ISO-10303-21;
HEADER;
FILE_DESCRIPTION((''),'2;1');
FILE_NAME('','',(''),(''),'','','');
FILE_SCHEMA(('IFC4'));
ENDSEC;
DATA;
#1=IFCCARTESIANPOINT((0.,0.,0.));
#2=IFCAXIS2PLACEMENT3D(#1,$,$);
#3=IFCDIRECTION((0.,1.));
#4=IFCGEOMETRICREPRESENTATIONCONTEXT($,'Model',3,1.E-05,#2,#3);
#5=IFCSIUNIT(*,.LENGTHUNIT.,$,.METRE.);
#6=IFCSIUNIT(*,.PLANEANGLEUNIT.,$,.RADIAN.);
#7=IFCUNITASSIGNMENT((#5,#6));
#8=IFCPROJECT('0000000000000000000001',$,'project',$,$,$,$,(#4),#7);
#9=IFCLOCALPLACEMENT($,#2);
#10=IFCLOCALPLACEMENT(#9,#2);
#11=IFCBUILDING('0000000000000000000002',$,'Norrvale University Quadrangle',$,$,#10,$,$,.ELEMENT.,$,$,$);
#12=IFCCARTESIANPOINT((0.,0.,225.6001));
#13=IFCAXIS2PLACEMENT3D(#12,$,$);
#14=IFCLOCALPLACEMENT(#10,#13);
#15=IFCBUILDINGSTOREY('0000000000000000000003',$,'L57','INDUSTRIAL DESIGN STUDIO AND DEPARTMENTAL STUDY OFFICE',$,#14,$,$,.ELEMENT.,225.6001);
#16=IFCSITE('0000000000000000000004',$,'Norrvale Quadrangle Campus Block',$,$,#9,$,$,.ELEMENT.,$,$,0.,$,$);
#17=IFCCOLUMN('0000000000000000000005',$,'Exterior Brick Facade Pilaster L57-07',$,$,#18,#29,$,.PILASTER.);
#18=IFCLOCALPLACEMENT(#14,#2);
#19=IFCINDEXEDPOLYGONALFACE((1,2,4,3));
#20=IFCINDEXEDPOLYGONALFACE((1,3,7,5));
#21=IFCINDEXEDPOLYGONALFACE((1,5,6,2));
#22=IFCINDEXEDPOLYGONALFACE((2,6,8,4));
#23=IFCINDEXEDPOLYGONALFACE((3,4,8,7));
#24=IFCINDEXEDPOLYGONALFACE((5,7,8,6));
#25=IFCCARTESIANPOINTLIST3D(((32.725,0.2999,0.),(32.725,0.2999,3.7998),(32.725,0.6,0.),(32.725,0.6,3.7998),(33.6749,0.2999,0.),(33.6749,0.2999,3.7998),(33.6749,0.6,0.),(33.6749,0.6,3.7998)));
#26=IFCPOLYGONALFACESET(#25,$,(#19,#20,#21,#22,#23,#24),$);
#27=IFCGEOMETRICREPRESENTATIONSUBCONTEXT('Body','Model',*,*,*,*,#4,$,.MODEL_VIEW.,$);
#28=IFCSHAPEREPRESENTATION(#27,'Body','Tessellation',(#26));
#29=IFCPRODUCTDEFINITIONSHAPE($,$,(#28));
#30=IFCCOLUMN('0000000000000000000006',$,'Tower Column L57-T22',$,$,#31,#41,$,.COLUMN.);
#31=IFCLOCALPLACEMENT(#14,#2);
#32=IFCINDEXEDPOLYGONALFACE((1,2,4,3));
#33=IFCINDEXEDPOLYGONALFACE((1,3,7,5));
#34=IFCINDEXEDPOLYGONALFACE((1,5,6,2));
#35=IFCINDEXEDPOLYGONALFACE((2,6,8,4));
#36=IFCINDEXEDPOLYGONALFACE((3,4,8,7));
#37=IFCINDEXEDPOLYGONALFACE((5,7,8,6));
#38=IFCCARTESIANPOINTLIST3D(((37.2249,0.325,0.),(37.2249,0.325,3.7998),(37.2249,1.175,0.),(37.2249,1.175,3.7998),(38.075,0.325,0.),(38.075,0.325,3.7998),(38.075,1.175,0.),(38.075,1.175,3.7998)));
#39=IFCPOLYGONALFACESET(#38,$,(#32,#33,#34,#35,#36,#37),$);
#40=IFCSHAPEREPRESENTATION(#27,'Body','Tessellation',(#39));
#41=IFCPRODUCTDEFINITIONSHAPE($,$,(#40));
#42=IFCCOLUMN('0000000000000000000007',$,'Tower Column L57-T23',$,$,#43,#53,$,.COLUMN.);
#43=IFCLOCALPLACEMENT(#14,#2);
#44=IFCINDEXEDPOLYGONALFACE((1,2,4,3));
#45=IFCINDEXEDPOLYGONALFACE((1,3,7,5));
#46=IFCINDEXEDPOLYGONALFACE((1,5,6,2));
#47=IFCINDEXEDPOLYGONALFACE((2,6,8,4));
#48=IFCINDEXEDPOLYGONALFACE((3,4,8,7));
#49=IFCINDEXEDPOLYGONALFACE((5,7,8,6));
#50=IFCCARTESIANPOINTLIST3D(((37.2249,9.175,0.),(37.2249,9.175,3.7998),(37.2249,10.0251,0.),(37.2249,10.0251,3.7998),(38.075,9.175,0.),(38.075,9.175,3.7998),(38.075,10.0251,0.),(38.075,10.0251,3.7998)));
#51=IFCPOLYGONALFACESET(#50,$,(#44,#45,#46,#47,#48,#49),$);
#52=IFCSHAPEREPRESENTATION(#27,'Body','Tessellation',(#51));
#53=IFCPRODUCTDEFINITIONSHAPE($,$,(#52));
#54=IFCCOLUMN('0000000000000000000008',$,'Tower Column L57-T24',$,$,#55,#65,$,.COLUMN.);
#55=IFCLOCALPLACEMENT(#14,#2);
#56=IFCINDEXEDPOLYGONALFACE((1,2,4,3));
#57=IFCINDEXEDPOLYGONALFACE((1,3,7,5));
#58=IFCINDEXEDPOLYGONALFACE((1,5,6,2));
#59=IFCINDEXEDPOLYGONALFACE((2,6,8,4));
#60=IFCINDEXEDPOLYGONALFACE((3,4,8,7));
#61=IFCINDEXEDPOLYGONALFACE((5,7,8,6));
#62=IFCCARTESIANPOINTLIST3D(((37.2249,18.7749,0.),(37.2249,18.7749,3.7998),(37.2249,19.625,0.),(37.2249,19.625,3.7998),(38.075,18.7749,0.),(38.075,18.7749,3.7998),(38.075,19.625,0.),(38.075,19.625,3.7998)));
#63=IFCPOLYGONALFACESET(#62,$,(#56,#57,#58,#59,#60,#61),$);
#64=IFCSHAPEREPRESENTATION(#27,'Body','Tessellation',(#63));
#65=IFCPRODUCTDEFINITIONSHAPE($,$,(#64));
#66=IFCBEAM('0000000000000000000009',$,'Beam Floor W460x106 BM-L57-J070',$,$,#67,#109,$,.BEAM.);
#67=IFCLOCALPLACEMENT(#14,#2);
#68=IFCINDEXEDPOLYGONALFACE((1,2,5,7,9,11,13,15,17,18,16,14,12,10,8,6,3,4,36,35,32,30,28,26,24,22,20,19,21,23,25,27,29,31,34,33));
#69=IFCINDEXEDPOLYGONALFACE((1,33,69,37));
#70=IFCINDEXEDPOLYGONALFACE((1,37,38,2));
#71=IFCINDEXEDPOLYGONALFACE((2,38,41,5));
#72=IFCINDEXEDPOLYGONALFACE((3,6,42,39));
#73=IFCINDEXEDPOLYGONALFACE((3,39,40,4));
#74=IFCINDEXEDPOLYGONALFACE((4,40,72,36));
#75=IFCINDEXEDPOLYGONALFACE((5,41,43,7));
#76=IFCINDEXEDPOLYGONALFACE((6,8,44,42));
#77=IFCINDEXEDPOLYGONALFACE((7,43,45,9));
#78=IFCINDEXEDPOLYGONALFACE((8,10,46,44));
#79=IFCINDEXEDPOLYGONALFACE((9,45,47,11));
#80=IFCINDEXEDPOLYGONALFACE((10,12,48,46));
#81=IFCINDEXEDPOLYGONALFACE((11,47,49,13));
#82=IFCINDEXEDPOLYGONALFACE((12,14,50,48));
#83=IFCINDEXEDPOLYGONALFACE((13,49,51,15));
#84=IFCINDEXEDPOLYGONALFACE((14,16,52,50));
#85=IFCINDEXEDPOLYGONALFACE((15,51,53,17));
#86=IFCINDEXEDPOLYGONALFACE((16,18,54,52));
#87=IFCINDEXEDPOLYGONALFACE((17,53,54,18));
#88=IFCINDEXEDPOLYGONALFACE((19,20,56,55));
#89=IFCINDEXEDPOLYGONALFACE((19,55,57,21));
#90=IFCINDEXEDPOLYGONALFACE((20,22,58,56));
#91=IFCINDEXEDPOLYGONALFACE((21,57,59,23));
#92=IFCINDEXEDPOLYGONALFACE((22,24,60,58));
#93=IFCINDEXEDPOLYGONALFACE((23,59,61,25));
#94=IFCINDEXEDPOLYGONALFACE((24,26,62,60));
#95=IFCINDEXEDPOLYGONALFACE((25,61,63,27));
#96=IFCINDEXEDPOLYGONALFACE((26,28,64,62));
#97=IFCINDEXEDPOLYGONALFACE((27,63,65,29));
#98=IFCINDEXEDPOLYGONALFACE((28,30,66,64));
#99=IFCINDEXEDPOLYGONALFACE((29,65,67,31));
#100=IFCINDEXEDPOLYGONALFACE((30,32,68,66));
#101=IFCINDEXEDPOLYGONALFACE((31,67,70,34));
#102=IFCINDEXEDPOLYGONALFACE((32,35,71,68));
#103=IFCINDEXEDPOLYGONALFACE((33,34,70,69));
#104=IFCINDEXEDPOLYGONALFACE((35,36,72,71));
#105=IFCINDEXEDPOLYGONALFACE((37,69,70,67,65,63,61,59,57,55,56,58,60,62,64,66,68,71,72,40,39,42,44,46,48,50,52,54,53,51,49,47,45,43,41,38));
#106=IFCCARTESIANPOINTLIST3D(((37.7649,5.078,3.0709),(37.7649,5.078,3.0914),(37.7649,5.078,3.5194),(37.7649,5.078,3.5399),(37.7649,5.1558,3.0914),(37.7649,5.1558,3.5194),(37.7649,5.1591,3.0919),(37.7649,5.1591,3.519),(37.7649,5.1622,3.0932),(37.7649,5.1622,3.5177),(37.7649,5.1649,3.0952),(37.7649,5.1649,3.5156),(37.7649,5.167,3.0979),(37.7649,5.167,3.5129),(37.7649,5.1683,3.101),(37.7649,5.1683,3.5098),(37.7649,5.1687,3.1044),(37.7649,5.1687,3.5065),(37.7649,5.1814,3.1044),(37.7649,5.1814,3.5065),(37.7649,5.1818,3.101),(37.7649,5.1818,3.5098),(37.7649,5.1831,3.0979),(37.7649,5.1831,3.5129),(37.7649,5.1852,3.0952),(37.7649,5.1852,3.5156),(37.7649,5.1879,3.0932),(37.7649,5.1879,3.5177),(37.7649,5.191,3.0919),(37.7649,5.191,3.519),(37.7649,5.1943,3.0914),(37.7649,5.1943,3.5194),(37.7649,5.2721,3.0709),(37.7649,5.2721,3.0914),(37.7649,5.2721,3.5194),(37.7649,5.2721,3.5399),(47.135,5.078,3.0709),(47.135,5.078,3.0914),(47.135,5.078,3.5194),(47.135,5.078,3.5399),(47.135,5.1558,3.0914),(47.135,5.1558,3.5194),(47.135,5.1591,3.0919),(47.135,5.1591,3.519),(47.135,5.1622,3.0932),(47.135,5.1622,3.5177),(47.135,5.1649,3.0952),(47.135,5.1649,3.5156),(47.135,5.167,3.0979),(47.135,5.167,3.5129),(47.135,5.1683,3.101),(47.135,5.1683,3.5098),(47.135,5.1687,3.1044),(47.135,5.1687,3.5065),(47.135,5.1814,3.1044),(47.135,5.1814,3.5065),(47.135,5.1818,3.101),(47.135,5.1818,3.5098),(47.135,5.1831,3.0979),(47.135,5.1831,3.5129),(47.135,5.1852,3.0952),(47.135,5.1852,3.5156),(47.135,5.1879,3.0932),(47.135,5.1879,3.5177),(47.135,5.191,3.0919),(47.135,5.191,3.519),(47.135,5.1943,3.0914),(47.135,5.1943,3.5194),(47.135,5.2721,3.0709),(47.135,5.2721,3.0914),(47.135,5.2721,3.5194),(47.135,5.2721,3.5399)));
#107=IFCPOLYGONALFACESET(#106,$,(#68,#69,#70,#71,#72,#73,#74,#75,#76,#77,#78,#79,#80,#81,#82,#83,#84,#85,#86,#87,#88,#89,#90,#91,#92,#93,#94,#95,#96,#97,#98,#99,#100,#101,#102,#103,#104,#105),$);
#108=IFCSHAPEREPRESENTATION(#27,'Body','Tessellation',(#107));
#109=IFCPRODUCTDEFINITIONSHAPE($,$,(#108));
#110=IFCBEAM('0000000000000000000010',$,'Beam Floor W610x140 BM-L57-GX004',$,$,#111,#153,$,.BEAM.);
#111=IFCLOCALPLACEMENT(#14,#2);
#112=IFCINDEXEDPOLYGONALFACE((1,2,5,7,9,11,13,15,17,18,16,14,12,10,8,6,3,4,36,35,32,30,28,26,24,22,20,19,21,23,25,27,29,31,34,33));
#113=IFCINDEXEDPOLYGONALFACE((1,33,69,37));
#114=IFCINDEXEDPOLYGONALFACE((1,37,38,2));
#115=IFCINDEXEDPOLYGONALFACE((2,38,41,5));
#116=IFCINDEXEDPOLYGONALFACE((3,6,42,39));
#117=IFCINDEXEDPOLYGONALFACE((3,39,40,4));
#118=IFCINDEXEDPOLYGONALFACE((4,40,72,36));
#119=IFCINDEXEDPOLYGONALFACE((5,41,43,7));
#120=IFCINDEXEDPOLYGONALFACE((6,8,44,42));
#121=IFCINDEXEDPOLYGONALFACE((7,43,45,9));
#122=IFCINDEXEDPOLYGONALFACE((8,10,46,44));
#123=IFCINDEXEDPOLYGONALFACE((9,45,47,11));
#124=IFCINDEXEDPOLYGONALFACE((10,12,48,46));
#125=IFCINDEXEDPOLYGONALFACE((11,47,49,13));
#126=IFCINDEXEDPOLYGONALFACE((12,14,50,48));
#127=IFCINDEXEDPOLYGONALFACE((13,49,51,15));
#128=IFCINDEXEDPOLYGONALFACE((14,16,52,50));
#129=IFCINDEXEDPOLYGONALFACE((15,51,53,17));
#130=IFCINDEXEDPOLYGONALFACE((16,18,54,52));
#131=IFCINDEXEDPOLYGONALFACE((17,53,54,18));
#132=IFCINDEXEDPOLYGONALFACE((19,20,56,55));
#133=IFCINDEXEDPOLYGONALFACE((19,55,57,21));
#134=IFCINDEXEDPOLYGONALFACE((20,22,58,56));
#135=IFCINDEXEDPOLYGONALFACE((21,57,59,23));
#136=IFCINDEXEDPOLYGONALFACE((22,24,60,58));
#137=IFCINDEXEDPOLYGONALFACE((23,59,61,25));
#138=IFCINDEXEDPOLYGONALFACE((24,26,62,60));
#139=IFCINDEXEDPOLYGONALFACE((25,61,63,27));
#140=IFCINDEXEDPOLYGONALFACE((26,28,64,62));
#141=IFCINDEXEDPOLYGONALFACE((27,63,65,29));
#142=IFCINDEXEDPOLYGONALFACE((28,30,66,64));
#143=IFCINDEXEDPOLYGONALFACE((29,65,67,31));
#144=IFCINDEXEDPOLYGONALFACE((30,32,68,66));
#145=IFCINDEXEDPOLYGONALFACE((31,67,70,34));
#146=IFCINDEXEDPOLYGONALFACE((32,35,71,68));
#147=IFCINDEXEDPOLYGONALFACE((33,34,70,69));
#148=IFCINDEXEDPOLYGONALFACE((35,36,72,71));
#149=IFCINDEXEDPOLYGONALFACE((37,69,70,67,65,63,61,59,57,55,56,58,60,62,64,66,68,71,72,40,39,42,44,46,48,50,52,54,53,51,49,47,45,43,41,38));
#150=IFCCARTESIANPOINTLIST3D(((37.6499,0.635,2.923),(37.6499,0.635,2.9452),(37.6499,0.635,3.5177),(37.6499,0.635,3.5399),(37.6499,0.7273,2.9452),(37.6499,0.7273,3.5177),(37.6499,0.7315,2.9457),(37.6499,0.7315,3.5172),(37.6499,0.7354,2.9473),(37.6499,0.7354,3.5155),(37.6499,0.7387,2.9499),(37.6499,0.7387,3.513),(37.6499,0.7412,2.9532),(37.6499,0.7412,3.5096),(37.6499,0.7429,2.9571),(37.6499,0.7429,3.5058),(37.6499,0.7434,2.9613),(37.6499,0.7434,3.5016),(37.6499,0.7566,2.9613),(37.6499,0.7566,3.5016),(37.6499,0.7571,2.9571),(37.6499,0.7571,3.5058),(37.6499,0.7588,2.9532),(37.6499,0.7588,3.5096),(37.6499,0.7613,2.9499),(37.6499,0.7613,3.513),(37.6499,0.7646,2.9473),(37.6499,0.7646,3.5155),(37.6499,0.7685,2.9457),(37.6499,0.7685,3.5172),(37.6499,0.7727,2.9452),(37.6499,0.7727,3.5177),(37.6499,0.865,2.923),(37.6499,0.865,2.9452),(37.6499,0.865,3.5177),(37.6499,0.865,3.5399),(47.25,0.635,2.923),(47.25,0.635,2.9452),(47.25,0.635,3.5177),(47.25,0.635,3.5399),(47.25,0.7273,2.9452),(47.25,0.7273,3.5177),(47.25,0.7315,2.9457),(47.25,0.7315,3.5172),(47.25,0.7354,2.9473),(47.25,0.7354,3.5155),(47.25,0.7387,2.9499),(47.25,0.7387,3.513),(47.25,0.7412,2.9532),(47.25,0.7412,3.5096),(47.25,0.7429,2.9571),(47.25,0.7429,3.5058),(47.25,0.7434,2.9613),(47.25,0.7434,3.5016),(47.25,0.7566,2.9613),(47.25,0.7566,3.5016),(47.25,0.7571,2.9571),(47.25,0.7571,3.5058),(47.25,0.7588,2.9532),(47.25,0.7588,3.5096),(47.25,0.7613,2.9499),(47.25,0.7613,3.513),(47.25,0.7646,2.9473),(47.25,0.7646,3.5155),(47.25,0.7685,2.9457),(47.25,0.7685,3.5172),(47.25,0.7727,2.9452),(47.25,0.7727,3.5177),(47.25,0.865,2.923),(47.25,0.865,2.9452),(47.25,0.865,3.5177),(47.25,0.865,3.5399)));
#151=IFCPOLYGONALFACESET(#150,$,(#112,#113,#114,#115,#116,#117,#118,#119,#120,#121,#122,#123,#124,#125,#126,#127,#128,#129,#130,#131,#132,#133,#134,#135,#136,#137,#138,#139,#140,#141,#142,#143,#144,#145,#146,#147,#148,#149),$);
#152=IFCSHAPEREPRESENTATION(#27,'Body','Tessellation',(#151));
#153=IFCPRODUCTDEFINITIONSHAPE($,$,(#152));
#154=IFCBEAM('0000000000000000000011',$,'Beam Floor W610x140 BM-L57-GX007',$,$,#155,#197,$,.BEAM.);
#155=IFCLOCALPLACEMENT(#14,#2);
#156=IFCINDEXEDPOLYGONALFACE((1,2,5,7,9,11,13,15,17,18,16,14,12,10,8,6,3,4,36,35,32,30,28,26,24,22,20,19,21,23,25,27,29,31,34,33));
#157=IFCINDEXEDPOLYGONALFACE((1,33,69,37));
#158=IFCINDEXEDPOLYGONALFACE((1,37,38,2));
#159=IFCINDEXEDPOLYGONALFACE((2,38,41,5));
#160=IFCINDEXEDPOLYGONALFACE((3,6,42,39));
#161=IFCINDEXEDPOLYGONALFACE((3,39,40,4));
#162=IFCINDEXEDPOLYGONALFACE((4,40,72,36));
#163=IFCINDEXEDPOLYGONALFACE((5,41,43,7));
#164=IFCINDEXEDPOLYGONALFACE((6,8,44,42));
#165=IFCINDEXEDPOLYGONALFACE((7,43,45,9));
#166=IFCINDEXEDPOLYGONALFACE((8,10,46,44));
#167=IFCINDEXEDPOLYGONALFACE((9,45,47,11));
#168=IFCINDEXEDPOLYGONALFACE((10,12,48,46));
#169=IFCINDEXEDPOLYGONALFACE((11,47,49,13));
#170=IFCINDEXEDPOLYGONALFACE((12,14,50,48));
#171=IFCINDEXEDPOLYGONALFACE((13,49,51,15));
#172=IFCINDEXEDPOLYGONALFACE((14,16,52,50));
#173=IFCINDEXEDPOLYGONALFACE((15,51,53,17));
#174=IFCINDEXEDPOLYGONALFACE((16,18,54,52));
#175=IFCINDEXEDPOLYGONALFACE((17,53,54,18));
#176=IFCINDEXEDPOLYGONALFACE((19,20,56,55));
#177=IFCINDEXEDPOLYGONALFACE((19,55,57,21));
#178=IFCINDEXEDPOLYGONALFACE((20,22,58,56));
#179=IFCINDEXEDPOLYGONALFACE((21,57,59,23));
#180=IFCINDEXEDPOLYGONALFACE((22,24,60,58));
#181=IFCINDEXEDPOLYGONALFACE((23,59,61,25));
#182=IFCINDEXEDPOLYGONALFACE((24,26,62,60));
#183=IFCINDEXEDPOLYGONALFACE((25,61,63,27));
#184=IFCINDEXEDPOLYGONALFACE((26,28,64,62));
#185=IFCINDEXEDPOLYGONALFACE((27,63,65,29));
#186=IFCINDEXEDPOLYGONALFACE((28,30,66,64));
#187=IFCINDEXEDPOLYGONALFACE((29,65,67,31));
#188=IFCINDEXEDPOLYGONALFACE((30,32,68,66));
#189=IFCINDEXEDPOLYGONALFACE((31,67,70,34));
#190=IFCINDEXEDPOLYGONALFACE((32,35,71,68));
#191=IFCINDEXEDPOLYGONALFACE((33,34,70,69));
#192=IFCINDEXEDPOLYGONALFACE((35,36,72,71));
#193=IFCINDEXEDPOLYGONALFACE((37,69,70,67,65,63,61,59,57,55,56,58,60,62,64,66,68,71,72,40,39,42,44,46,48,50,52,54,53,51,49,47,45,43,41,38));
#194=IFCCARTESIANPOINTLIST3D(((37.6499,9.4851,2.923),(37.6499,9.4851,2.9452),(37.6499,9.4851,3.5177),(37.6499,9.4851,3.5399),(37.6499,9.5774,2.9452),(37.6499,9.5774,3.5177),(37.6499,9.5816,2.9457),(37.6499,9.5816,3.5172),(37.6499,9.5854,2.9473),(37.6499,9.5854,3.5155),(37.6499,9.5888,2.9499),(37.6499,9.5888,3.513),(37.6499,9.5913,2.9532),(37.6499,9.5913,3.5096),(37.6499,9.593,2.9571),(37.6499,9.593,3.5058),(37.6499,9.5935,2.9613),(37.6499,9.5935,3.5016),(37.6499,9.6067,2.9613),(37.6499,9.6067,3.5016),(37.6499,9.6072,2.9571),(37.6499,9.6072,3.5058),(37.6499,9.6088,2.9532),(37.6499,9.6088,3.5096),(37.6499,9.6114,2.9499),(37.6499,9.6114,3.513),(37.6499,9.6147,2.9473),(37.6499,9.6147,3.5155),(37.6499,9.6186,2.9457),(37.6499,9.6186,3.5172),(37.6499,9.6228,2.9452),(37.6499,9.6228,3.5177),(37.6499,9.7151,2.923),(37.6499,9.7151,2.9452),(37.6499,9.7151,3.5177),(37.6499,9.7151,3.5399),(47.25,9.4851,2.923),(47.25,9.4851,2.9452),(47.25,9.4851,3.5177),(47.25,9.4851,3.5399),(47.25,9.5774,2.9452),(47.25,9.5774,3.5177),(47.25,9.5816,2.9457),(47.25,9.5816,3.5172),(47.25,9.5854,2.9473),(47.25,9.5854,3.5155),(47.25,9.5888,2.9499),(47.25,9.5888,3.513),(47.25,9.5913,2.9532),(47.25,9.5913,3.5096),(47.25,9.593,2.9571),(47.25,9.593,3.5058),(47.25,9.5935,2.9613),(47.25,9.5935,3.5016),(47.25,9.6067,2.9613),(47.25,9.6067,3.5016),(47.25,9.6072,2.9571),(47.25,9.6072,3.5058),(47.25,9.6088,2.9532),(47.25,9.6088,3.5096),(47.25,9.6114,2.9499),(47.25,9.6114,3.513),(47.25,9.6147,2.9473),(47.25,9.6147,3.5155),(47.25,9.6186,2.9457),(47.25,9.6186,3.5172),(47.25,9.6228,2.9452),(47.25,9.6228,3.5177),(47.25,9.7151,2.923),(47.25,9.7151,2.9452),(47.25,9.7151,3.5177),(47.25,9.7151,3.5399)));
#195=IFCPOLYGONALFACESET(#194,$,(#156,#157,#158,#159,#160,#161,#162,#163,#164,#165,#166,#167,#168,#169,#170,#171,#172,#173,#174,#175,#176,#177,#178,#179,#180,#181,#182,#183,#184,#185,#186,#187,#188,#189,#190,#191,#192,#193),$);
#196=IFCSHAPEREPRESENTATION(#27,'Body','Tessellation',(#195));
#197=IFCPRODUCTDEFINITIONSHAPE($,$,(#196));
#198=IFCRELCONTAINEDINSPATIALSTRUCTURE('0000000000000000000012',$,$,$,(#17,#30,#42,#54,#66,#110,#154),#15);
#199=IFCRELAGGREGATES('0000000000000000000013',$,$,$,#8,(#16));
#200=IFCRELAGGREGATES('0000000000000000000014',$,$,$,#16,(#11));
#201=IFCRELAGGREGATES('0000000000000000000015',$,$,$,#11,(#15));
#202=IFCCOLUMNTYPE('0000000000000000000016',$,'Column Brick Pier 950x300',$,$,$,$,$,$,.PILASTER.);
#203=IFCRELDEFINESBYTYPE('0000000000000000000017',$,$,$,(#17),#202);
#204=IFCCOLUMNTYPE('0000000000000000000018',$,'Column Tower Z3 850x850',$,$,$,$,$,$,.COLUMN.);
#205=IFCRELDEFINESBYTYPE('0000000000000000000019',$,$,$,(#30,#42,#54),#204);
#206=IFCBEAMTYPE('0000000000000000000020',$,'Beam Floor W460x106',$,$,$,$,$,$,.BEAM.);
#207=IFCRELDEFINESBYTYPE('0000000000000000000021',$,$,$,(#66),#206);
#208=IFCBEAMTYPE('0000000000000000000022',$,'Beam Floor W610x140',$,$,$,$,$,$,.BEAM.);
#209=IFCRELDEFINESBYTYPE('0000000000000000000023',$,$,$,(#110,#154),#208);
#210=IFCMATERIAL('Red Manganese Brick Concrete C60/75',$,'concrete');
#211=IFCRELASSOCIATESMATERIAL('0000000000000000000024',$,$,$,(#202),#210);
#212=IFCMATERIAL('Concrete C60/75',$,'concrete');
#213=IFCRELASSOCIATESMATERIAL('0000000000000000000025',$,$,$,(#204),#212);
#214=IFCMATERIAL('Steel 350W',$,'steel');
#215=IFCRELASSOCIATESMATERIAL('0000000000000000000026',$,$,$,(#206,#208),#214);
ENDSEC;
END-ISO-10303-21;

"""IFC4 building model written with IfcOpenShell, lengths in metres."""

from ifc_helpers import new_model, si_unit, direction, frame, origin, origin_2d, place, context, subcontext, project, spatial, rectangle, i_section, extrude, material, material_profile, profile_set, type_object, element, save


model = new_model("IFC4")

# Units and contexts
model_context = context("Model", 3, precision=1e-05, world=origin(), true_north=direction((0.0, 1.0)))
body_context = subcontext(model_context, "Body", "Model", "MODEL_VIEW")
ifc_project = project(units=[si_unit("LENGTHUNIT", "METRE"), si_unit("PLANEANGLEUNIT", "RADIAN")], contexts=[model_context])

# Site, building, storey
site_placement = place(None, origin())
site = spatial("IfcSite", under=ifc_project, at=site_placement, Name="Norrvale Quadrangle Campus Block", CompositionType="ELEMENT", RefElevation=0.0)
building_placement = place(site_placement, origin())
building = spatial("IfcBuilding", under=site, at=building_placement, Name="Norrvale University Quadrangle", CompositionType="ELEMENT")
storey_placement = place(building_placement, frame((0.0, 0.0, 225.6001)))
storey = spatial("IfcBuildingStorey", under=building, at=storey_placement, Name="L57", Description="INDUSTRIAL DESIGN STUDIO AND DEPARTMENTAL STUDY OFFICE", CompositionType="ELEMENT", Elevation=225.6001)

# Columns
ifc_material_1 = material(Name="Red Manganese Brick Concrete C60/75", Category="concrete")
ifc_material_profile_1 = material_profile(ifc_material_1, rectangle(XDim=0.95, YDim=0.3, at=origin_2d()), Name="Red Manganese Brick Concrete C60/75")
ifc_profile_set_1 = profile_set([ifc_material_profile_1], Name="Red Manganese Brick Concrete C60/75")
column_type_1 = type_object("IfcColumnType", Name="Column Brick Pier 950x300", PredefinedType="PILASTER", material=ifc_profile_set_1)
column_placement = place(storey_placement, frame((33.2, 0.45, 0.0), z_axis=(0.0, 0.0, 1.0), x_axis=(1.0, 0.0, 0.0)))
element("IfcColumn", 1, at=column_placement, inside=storey, type_object=column_type_1, Name="Exterior Brick Facade Pilaster L57-07", PredefinedType="PILASTER", context=body_context, shape_type="SweptSolid", body=[
    extrude(rectangle(XDim=0.95, YDim=0.3, at=origin_2d()), origin(), (0.0, 0.0, 1.0), 3.7998),
])
ifc_material_2 = material(Name="Concrete C60/75", Category="concrete")
ifc_material_profile_2 = material_profile(ifc_material_2, rectangle(XDim=0.8501, YDim=0.8501, at=origin_2d()), Name="Concrete C60/75")
ifc_profile_set_2 = profile_set([ifc_material_profile_2], Name="Concrete C60/75")
column_type_2 = type_object("IfcColumnType", Name="Column Tower Z3 850x850", PredefinedType="COLUMN", material=ifc_profile_set_2)
for number, where, z_axis, x_axis, name in (
    (2, (37.6499, 0.75, 0.0), (0.0, 0.0, 1.0), (1.0, 0.0, 0.0), "Tower Column L57-T22"),
    (3, (37.6499, 9.6001, 0.0), (0.0, 0.0, 1.0), (1.0, 0.0, 0.0), "Tower Column L57-T23"),
    (4, (37.6499, 19.2, 0.0), (0.0, 0.0, 1.0), (1.0, 0.0, 0.0), "Tower Column L57-T24"),
):
    element("IfcColumn", number, at=place(storey_placement, frame(where, z_axis=z_axis, x_axis=x_axis)), inside=storey, type_object=column_type_2, Name=name, PredefinedType="COLUMN", context=body_context, shape_type="SweptSolid", body=[
        extrude(rectangle(XDim=0.8501, YDim=0.8501, at=origin_2d()), origin(), (0.0, 0.0, 1.0), 3.7998),
    ])

# Beams
ifc_material_3 = material(Name="Steel 350W", Category="steel")
ifc_material_profile_3 = material_profile(ifc_material_3, i_section(OverallWidth=0.1941, OverallDepth=0.469, WebThickness=0.0127, FlangeThickness=0.0205, FilletRadius=0.0129, at=origin_2d()), Name="Steel 350W")
ifc_profile_set_3 = profile_set([ifc_material_profile_3], Name="Steel 350W")
beam_type_1 = type_object("IfcBeamType", Name="Beam Floor W460x106", PredefinedType="BEAM", material=ifc_profile_set_3)
beam_1_placement = place(storey_placement, frame((37.7649, 5.175, 3.3054), z_axis=(1.0, 0.0, 0.0), x_axis=(0.0, 1.0, 0.0)))
element("IfcBeam", 5, at=beam_1_placement, inside=storey, type_object=beam_type_1, Name="Beam Floor W460x106 BM-L57-J070", PredefinedType="BEAM", context=body_context, shape_type="SweptSolid", body=[
    extrude(i_section(OverallWidth=0.1941, OverallDepth=0.469, WebThickness=0.0127, FlangeThickness=0.0205, FilletRadius=0.0129, at=origin_2d()), origin(), (0.0, 0.0, 1.0), 9.3701),
])
ifc_material_profile_4 = material_profile(ifc_material_3, i_section(OverallWidth=0.23, OverallDepth=0.6169, WebThickness=0.0132, FlangeThickness=0.0222, FilletRadius=0.0161, at=origin_2d()), Name="Steel 350W")
ifc_profile_set_4 = profile_set([ifc_material_profile_4], Name="Steel 350W")
beam_type_2 = type_object("IfcBeamType", Name="Beam Floor W610x140", PredefinedType="BEAM", material=ifc_profile_set_4)
for number, where, z_axis, x_axis, name in (
    (6, (37.6499, 0.75, 3.2314), (1.0, 0.0, 0.0), (0.0, 1.0, 0.0), "Beam Floor W610x140 BM-L57-GX004"),
    (7, (37.6499, 9.6001, 3.2314), (1.0, 0.0, 0.0), (0.0, 1.0, 0.0), "Beam Floor W610x140 BM-L57-GX007"),
):
    element("IfcBeam", number, at=place(storey_placement, frame(where, z_axis=z_axis, x_axis=x_axis)), inside=storey, type_object=beam_type_2, Name=name, PredefinedType="BEAM", context=body_context, shape_type="SweptSolid", body=[
        extrude(i_section(OverallWidth=0.23, OverallDepth=0.6169, WebThickness=0.0132, FlangeThickness=0.0222, FilletRadius=0.0161, at=origin_2d()), origin(), (0.0, 0.0, 1.0), 9.6001),
    ])

save(model, "model.ifc")
